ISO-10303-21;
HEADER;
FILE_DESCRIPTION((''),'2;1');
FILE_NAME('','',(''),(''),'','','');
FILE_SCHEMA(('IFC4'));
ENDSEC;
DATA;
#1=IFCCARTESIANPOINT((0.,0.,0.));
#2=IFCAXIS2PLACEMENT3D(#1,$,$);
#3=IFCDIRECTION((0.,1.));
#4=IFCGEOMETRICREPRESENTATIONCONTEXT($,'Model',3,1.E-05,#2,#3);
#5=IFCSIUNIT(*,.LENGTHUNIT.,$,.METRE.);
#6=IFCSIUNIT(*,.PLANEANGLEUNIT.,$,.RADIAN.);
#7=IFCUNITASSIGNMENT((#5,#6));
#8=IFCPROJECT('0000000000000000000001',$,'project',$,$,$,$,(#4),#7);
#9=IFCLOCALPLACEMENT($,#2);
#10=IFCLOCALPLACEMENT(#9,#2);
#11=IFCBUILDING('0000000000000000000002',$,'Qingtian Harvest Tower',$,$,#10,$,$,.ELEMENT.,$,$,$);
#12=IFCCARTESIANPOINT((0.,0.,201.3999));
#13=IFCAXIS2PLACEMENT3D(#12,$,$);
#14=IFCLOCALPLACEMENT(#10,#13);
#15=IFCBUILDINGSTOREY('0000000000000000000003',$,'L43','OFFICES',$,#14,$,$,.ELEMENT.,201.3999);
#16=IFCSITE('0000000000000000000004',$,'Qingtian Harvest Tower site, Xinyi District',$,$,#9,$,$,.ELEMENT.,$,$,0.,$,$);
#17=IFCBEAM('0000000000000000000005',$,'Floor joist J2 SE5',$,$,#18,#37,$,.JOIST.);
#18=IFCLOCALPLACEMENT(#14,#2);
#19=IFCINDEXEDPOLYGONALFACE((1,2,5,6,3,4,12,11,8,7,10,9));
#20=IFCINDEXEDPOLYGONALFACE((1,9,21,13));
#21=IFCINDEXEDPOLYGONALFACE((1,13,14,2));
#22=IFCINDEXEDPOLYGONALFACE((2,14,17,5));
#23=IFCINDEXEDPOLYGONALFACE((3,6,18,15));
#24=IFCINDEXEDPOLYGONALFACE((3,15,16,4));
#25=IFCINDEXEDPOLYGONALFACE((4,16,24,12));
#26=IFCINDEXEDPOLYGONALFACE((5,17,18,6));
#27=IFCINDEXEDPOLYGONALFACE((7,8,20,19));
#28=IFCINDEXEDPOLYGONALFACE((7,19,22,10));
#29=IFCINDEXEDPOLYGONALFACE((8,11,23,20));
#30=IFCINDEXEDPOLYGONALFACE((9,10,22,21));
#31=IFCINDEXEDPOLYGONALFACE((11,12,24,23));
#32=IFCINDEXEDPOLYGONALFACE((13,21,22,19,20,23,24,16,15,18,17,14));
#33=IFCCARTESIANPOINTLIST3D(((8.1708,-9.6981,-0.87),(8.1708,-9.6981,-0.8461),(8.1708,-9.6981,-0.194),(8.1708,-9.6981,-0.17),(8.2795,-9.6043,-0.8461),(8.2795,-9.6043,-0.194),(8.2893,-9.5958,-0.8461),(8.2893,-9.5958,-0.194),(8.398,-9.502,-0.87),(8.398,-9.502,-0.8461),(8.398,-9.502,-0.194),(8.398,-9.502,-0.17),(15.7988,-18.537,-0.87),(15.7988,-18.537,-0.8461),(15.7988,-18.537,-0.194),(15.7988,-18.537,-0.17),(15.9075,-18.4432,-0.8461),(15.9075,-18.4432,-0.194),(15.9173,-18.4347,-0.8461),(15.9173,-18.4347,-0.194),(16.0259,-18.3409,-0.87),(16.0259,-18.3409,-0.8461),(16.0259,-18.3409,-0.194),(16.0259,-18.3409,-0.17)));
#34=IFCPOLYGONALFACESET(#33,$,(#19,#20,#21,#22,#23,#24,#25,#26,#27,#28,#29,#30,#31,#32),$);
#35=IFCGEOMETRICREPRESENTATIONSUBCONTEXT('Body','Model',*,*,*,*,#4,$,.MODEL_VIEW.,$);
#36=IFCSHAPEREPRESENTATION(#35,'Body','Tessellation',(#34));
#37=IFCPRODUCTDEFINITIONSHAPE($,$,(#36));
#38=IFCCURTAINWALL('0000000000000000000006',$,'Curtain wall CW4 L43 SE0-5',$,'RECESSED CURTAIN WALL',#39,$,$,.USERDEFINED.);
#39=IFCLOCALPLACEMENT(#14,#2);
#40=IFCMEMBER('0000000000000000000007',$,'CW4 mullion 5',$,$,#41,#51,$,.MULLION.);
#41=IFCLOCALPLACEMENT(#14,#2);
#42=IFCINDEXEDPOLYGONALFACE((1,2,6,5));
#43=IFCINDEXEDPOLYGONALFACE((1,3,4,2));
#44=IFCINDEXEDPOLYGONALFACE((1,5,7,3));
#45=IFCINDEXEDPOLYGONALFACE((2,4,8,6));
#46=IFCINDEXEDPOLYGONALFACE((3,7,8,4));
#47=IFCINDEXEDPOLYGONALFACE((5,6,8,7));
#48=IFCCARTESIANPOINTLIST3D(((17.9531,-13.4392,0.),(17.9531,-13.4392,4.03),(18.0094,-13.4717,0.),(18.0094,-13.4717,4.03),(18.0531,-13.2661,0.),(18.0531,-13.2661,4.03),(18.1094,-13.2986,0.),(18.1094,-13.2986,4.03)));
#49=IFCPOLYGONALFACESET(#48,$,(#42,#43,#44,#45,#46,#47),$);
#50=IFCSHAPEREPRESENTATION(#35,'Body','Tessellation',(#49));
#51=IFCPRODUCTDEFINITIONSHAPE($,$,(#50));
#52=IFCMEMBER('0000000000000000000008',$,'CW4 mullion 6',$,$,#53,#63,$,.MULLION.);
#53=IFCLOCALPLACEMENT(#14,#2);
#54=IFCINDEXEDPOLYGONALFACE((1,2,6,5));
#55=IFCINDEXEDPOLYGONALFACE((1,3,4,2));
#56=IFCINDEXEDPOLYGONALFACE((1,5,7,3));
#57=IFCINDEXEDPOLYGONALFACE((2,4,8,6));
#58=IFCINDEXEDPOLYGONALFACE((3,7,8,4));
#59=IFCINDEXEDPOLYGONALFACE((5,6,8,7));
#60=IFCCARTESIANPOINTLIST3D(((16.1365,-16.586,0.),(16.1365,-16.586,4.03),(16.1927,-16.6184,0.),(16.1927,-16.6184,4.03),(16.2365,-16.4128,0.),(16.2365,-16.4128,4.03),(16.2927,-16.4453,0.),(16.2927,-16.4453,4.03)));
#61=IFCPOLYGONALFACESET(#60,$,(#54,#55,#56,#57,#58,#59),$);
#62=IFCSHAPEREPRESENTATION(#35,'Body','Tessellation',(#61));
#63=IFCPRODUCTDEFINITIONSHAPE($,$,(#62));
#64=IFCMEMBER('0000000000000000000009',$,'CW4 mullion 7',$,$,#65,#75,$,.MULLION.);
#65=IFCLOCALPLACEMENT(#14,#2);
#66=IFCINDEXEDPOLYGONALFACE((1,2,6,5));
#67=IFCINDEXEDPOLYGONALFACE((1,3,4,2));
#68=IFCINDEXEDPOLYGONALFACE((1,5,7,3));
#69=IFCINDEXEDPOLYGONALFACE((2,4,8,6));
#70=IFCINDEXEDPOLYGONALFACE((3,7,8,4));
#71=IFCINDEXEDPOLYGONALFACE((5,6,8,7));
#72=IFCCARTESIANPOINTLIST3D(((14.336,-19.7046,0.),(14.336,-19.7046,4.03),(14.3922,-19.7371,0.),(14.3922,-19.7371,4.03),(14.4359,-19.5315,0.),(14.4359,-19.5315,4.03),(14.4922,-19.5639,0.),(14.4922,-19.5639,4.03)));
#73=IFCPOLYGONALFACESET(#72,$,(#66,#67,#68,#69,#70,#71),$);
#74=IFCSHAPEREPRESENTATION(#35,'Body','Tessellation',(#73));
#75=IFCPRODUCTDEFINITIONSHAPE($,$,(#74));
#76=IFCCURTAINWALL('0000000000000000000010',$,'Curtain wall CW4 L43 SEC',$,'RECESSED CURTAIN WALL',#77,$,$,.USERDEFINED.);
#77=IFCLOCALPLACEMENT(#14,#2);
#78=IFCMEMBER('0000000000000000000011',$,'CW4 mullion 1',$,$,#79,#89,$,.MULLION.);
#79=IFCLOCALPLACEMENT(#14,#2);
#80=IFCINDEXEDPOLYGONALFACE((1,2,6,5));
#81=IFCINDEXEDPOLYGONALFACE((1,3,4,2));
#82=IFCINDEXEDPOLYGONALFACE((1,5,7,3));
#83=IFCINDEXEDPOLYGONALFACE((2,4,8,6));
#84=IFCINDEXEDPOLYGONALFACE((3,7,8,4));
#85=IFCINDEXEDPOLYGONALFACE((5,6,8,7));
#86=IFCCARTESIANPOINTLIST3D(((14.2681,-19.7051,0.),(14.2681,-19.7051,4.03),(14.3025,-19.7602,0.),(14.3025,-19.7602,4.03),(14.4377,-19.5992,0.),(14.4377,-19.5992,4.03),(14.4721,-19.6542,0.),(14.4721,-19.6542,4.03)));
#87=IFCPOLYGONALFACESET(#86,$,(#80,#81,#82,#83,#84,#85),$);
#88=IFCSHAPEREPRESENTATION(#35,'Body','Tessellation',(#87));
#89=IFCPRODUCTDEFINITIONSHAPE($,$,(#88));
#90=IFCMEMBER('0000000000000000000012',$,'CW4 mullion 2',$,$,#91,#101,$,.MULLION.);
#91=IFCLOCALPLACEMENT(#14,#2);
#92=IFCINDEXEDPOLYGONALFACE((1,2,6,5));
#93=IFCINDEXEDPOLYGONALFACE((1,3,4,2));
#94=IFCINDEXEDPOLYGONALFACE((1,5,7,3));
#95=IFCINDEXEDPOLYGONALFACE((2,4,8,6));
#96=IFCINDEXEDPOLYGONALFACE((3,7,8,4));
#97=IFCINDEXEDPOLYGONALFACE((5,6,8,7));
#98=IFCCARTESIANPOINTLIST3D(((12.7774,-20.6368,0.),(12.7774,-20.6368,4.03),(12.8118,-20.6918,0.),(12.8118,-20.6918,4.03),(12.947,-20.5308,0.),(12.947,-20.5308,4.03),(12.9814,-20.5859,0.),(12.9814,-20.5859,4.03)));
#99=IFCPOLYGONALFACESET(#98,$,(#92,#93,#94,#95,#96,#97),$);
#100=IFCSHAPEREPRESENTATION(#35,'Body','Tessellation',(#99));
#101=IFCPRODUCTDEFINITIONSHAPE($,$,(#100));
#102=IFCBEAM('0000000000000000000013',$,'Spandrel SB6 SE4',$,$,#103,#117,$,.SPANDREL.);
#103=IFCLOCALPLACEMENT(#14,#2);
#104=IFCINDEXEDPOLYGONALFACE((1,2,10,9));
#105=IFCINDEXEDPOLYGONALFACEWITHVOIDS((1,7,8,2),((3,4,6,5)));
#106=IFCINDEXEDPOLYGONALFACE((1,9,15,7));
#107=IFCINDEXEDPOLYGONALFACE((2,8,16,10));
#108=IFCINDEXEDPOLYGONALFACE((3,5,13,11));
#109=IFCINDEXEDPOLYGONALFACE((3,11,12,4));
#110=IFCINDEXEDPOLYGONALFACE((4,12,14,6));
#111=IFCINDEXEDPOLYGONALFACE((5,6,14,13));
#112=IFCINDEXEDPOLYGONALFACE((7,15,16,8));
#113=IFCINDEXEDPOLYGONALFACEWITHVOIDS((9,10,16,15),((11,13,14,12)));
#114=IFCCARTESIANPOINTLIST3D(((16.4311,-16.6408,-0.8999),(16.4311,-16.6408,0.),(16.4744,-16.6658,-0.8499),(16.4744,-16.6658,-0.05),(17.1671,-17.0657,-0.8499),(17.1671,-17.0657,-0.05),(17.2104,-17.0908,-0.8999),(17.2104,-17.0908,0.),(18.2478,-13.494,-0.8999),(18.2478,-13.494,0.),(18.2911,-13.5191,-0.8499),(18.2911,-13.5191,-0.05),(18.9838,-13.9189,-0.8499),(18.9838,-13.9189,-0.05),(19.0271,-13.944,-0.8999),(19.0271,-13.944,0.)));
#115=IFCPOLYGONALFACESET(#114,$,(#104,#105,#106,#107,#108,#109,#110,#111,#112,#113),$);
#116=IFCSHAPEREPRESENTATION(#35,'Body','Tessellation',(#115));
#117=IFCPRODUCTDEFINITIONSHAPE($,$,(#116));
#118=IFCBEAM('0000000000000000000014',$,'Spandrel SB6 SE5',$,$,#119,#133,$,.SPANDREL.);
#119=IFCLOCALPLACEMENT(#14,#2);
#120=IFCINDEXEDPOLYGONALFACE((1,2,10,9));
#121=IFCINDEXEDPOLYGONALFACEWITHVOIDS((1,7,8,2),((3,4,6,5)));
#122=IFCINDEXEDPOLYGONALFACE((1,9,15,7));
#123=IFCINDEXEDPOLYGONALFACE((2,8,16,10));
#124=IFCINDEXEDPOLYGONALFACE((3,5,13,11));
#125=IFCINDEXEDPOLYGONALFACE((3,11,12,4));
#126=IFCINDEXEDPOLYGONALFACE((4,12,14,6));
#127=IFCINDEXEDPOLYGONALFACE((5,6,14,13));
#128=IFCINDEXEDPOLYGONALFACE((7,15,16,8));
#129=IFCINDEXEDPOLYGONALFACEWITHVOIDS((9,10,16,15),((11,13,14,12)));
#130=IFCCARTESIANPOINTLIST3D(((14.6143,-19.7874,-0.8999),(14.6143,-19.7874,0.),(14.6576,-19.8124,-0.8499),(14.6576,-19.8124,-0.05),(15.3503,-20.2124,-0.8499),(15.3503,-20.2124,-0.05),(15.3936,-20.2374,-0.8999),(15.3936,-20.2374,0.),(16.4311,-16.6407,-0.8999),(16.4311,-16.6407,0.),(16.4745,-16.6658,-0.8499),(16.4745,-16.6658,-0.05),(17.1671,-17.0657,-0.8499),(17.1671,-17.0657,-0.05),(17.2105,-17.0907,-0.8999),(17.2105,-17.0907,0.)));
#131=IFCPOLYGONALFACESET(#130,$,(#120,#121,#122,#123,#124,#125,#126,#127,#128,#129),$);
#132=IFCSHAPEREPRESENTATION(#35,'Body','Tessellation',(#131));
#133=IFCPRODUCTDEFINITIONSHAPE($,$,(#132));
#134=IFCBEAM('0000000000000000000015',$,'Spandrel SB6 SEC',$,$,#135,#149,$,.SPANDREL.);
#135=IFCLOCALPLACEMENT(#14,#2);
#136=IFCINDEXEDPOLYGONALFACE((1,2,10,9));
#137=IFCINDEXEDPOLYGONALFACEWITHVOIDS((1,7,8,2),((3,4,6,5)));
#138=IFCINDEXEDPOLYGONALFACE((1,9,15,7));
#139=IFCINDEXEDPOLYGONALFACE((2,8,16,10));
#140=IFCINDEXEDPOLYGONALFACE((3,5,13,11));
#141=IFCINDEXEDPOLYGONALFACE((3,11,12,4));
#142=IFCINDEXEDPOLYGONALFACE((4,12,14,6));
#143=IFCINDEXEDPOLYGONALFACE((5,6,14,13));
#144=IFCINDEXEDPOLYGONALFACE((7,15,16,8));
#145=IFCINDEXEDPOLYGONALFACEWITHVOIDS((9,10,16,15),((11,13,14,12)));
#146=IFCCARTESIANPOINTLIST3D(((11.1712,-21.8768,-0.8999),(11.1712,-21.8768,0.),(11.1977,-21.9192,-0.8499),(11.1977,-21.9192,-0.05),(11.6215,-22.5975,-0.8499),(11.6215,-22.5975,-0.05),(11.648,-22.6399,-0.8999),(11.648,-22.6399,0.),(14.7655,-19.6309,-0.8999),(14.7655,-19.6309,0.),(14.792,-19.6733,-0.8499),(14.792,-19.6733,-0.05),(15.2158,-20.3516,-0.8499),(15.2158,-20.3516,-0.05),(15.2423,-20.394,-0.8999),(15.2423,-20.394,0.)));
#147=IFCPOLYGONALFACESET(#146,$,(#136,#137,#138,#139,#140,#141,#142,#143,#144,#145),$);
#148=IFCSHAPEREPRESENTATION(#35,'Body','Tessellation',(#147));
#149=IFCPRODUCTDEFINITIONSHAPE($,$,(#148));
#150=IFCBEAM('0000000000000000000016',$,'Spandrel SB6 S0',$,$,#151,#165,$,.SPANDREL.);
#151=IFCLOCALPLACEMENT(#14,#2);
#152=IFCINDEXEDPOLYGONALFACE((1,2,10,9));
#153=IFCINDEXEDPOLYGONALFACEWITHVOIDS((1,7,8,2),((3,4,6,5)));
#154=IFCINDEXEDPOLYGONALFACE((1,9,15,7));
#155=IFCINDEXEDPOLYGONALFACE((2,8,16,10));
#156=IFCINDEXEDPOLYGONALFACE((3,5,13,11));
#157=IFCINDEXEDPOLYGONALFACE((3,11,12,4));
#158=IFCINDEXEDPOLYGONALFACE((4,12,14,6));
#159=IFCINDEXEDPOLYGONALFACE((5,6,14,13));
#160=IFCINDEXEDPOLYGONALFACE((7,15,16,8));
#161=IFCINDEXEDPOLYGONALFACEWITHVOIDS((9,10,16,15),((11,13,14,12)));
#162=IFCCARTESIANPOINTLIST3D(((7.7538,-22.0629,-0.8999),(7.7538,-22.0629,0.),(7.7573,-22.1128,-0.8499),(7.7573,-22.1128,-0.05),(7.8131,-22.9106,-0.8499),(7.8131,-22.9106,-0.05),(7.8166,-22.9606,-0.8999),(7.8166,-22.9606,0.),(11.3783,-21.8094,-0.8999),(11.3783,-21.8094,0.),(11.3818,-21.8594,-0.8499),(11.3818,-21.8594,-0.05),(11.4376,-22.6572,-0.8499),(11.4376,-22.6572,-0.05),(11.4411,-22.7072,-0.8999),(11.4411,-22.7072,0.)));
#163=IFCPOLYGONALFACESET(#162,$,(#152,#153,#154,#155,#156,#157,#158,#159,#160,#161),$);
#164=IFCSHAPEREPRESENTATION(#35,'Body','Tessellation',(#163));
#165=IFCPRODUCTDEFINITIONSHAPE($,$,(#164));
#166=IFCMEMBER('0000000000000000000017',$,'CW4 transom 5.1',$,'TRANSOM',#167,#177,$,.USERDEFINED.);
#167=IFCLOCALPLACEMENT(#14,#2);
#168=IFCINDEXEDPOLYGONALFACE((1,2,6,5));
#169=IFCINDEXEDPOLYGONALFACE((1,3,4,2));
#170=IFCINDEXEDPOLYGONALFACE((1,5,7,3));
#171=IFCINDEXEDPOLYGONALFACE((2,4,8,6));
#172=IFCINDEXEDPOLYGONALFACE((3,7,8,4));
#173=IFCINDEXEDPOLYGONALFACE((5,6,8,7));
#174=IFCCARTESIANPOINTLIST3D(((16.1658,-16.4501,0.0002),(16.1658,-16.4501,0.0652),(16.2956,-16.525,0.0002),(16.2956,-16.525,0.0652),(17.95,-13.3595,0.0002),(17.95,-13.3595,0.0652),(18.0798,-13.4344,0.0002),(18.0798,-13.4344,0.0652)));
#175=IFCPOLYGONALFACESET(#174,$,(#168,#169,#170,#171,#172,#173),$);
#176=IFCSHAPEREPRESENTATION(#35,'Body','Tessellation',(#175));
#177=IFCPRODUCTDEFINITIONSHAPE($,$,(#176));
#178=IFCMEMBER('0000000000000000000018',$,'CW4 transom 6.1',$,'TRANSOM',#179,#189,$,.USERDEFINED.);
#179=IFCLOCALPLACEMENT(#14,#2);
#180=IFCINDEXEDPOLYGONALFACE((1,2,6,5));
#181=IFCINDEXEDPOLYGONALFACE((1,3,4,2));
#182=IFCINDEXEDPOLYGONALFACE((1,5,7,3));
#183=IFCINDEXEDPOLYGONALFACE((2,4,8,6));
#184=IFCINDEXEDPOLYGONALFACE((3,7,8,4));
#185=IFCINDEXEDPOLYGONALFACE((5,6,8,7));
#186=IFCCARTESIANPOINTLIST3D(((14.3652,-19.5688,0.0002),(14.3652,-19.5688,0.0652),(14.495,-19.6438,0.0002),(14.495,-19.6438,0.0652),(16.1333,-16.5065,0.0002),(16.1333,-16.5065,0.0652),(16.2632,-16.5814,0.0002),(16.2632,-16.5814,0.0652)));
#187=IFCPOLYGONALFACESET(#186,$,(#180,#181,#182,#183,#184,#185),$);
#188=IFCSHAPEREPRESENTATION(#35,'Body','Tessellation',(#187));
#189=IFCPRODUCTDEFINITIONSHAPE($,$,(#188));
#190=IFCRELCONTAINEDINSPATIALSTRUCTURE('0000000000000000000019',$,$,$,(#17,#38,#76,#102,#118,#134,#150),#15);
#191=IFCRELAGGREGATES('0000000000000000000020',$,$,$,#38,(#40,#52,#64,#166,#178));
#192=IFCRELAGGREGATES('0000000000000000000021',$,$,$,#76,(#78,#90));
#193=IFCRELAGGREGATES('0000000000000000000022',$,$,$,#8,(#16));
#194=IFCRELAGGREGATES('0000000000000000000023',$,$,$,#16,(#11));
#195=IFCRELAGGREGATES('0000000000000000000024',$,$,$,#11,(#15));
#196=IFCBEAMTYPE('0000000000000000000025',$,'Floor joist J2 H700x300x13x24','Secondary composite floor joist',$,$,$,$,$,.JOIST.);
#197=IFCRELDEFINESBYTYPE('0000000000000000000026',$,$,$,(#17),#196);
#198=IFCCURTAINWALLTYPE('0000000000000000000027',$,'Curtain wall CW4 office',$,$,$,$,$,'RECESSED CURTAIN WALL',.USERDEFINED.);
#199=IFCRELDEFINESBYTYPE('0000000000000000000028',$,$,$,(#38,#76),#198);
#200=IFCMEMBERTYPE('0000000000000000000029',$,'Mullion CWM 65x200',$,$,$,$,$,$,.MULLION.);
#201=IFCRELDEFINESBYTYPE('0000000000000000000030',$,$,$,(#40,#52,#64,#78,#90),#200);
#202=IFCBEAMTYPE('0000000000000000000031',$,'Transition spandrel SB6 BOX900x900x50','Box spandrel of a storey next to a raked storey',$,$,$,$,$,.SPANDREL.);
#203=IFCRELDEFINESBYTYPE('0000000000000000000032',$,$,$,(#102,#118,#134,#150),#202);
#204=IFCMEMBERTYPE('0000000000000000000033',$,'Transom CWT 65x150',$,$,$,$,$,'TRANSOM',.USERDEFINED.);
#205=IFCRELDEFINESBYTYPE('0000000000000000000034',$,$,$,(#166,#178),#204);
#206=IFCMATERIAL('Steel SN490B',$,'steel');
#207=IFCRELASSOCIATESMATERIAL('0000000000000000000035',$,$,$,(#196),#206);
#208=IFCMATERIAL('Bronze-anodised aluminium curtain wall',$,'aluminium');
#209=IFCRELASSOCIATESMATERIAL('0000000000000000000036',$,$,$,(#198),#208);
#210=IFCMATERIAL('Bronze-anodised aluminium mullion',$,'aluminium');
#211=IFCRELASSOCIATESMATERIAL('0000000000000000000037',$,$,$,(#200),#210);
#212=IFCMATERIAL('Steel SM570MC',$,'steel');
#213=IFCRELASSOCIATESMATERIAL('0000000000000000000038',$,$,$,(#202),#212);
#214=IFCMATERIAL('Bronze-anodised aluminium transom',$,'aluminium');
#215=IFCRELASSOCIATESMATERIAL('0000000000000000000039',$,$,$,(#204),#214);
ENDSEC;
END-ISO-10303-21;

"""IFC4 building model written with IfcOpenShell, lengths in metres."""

from ifc_helpers import new_model, si_unit, direction, frame, origin, origin_2d, place, context, subcontext, project, spatial, rectangle, hollow_rectangle, i_section, extrude, material, material_profile, profile_set, type_object, element, aggregate, save


model = new_model("IFC4")

# Units and contexts
model_context = context("Model", 3, precision=1e-05, world=origin(), true_north=direction((0.0, 1.0)))
body_context = subcontext(model_context, "Body", "Model", "MODEL_VIEW")
ifc_project = project(units=[si_unit("LENGTHUNIT", "METRE"), si_unit("PLANEANGLEUNIT", "RADIAN")], contexts=[model_context])

# Site, building, storey
site_placement = place(None, origin())
site = spatial("IfcSite", under=ifc_project, at=site_placement, Name="Qingtian Harvest Tower site, Xinyi District", CompositionType="ELEMENT", RefElevation=0.0)
building_placement = place(site_placement, origin())
building = spatial("IfcBuilding", under=site, at=building_placement, Name="Qingtian Harvest Tower", CompositionType="ELEMENT")
storey_placement = place(building_placement, frame((0.0, 0.0, 201.3999)))
storey = spatial("IfcBuildingStorey", under=building, at=storey_placement, Name="L43", Description="OFFICES", CompositionType="ELEMENT", Elevation=201.3999)

# Beam
ifc_material_1 = material(Name="Steel SN490B", Category="steel")
ifc_material_profile_1 = material_profile(ifc_material_1, i_section(OverallWidth=0.3, OverallDepth=0.7, WebThickness=0.0129, FlangeThickness=0.0239, at=origin_2d()), Name="H700x300x13x24")
ifc_profile_set_1 = profile_set([ifc_material_profile_1], Name="Steel SN490B")
beam_type_1 = type_object("IfcBeamType", Name="Floor joist J2 H700x300x13x24", Description="Secondary composite floor joist", PredefinedType="JOIST", material=ifc_profile_set_1)
beam_1_placement = place(storey_placement, frame((15.9124, -18.439, -0.52), z_axis=(-0.653343, 0.757062, 0.0), x_axis=(-0.757062, -0.653343, 0.0)))
element("IfcBeam", 1, at=beam_1_placement, inside=storey, type_object=beam_type_1, Name="Floor joist J2 SE5", PredefinedType="JOIST", context=body_context, shape_type="SweptSolid", body=[
    extrude(i_section(OverallWidth=0.3, OverallDepth=0.7, WebThickness=0.0129, FlangeThickness=0.0239, at=origin_2d()), origin(), (0.0, 0.0, 1.0), 11.6753),
])

# Curtain walls, members
ifc_material_2 = material(Name="Bronze-anodised aluminium curtain wall", Category="aluminium")
curtain_wall_type = type_object("IfcCurtainWallType", Name="Curtain wall CW4 office", ElementType="RECESSED CURTAIN WALL", PredefinedType="USERDEFINED", material=ifc_material_2)
curtain_wall_1_placement = place(storey_placement, origin())
curtain_wall_1 = element("IfcCurtainWall", 2, at=curtain_wall_1_placement, inside=storey, type_object=curtain_wall_type, Name="Curtain wall CW4 L43 SE0-5", ObjectType="RECESSED CURTAIN WALL", PredefinedType="USERDEFINED")
ifc_material_3 = material(Name="Bronze-anodised aluminium mullion", Category="aluminium")
ifc_material_profile_2 = material_profile(ifc_material_3, rectangle(XDim=0.0649, YDim=0.2, at=origin_2d()), Name="AL 65x200")
ifc_profile_set_2 = profile_set([ifc_material_profile_2], Name="Bronze-anodised aluminium mullion")
member_type_1 = type_object("IfcMemberType", Name="Mullion CWM 65x200", PredefinedType="MULLION", material=ifc_profile_set_2)
member_1_placement = place(storey_placement, frame((18.0312, -13.3689, 0.0), z_axis=(0.0, 0.0, 1.0), x_axis=(0.866025, -0.5, 0.0)))
member_1 = element("IfcMember", 3, at=member_1_placement, type_object=member_type_1, Name="CW4 mullion 5", PredefinedType="MULLION", context=body_context, shape_type="SweptSolid", body=[
    extrude(rectangle(XDim=0.0649, YDim=0.2, at=origin_2d()), origin(), (0.0, 0.0, 1.0), 4.03),
])
member_2_placement = place(storey_placement, frame((16.2146, -16.5156, 0.0), z_axis=(0.0, 0.0, 1.0), x_axis=(0.866025, -0.5, 0.0)))
member_2 = element("IfcMember", 4, at=member_2_placement, type_object=member_type_1, Name="CW4 mullion 6", PredefinedType="MULLION", context=body_context, shape_type="SweptSolid", body=[
    extrude(rectangle(XDim=0.0649, YDim=0.2, at=origin_2d()), origin(), (0.0, 0.0, 1.0), 4.03),
])
member_3_placement = place(storey_placement, frame((14.4141, -19.6343, 0.0), z_axis=(0.0, 0.0, 1.0), x_axis=(0.866025, -0.5, 0.0)))
member_3 = element("IfcMember", 5, at=member_3_placement, type_object=member_type_1, Name="CW4 mullion 7", PredefinedType="MULLION", context=body_context, shape_type="SweptSolid", body=[
    extrude(rectangle(XDim=0.0649, YDim=0.2, at=origin_2d()), origin(), (0.0, 0.0, 1.0), 4.03),
])
curtain_wall_2_placement = place(storey_placement, origin())
curtain_wall_2 = element("IfcCurtainWall", 6, at=curtain_wall_2_placement, inside=storey, type_object=curtain_wall_type, Name="Curtain wall CW4 L43 SEC", ObjectType="RECESSED CURTAIN WALL", PredefinedType="USERDEFINED")
member_4_placement = place(storey_placement, frame((14.3701, -19.6797, 0.0), z_axis=(0.0, 0.0, 1.0), x_axis=(0.529919, -0.848048, 0.0)))
member_4 = element("IfcMember", 7, at=member_4_placement, type_object=member_type_1, Name="CW4 mullion 1", PredefinedType="MULLION", context=body_context, shape_type="SweptSolid", body=[
    extrude(rectangle(XDim=0.0649, YDim=0.2, at=origin_2d()), origin(), (0.0, 0.0, 1.0), 4.03),
])
member_5_placement = place(storey_placement, frame((12.8794, -20.6113, 0.0), z_axis=(0.0, 0.0, 1.0), x_axis=(0.529919, -0.848048, 0.0)))
member_5 = element("IfcMember", 8, at=member_5_placement, type_object=member_type_1, Name="CW4 mullion 2", PredefinedType="MULLION", context=body_context, shape_type="SweptSolid", body=[
    extrude(rectangle(XDim=0.0649, YDim=0.2, at=origin_2d()), origin(), (0.0, 0.0, 1.0), 4.03),
])

# Beams
ifc_material_4 = material(Name="Steel SM570MC", Category="steel")
ifc_material_profile_3 = material_profile(ifc_material_4, hollow_rectangle(XDim=0.8999, YDim=0.8999, WallThickness=0.05, at=origin_2d()), Name="BOX900x900x50")
ifc_profile_set_3 = profile_set([ifc_material_profile_3], Name="Steel SM570MC")
beam_type_2 = type_object("IfcBeamType", Name="Transition spandrel SB6 BOX900x900x50", Description="Box spandrel of a storey next to a raked storey", PredefinedType="SPANDREL", material=ifc_profile_set_3)
for number, where, z_axis, x_axis, name in (
    (9, (18.6375, -13.719, -0.45), (-0.499976, -0.866039, 0.0), (0.866039, -0.499976, 0.0), "Spandrel SB6 SE4"),
    (10, (16.8208, -16.8657, -0.45), (-0.500027, -0.86601, 0.0), (0.86601, -0.500027, 0.0), "Spandrel SB6 SE5"),
):
    element("IfcBeam", number, at=place(storey_placement, frame(where, z_axis=z_axis, x_axis=x_axis)), inside=storey, type_object=beam_type_2, Name=name, PredefinedType="SPANDREL", context=body_context, shape_type="SweptSolid", body=[
        extrude(hollow_rectangle(XDim=0.8999, YDim=0.8999, WallThickness=0.05, at=origin_2d()), origin(), (0.0, 0.0, 1.0), 3.6335),
    ])
beam_2_placement = place(storey_placement, frame((15.0039, -20.0125, -0.45), z_axis=(-0.848057, -0.529906, 0.0), x_axis=(0.529906, -0.848057, 0.0)))
element("IfcBeam", 11, at=beam_2_placement, inside=storey, type_object=beam_type_2, Name="Spandrel SB6 SEC", PredefinedType="SPANDREL", context=body_context, shape_type="SweptSolid", body=[
    extrude(hollow_rectangle(XDim=0.8999, YDim=0.8999, WallThickness=0.05, at=origin_2d()), origin(), (0.0, 0.0, 1.0), 4.2383),
])
beam_3_placement = place(storey_placement, frame((11.4097, -22.2583, -0.45), z_axis=(-0.997565, -0.069748, 0.0), x_axis=(0.069748, -0.997565, 0.0)))
element("IfcBeam", 12, at=beam_3_placement, inside=storey, type_object=beam_type_2, Name="Spandrel SB6 S0", PredefinedType="SPANDREL", context=body_context, shape_type="SweptSolid", body=[
    extrude(hollow_rectangle(XDim=0.8999, YDim=0.8999, WallThickness=0.05, at=origin_2d()), origin(), (0.0, 0.0, 1.0), 3.6333),
])

# Members
ifc_material_5 = material(Name="Bronze-anodised aluminium transom", Category="aluminium")
ifc_material_profile_4 = material_profile(ifc_material_5, rectangle(XDim=0.1499, YDim=0.0649, at=origin_2d()), Name="AL 65x150")
ifc_profile_set_4 = profile_set([ifc_material_profile_4], Name="Bronze-anodised aluminium transom")
member_type_2 = type_object("IfcMemberType", Name="Transom CWT 65x150", ElementType="TRANSOM", PredefinedType="USERDEFINED", material=ifc_profile_set_4)
member_6_placement = place(storey_placement, frame((18.0149, -13.397, 0.0327), z_axis=(-0.499965, -0.866045, 0.0), x_axis=(0.866045, -0.499965, 0.0)))
member_6 = element("IfcMember", 13, at=member_6_placement, type_object=member_type_2, Name="CW4 transom 5.1", ObjectType="TRANSOM", PredefinedType="USERDEFINED", context=body_context, shape_type="SweptSolid", body=[
    extrude(rectangle(XDim=0.1499, YDim=0.0649, at=origin_2d()), origin(), (0.0, 0.0, 1.0), 3.5686),
])
member_7_placement = place(storey_placement, frame((16.1982, -16.5439, 0.0327), z_axis=(-0.500015, -0.866017, 0.0), x_axis=(0.866017, -0.500015, 0.0)))
member_7 = element("IfcMember", 14, at=member_7_placement, type_object=member_type_2, Name="CW4 transom 6.1", ObjectType="TRANSOM", PredefinedType="USERDEFINED", context=body_context, shape_type="SweptSolid", body=[
    extrude(rectangle(XDim=0.1499, YDim=0.0649, at=origin_2d()), origin(), (0.0, 0.0, 1.0), 3.5361),
])

aggregate(curtain_wall_1, [member_1, member_2, member_3, member_6, member_7])
aggregate(curtain_wall_2, [member_4, member_5])

save(model, "model.ifc")
